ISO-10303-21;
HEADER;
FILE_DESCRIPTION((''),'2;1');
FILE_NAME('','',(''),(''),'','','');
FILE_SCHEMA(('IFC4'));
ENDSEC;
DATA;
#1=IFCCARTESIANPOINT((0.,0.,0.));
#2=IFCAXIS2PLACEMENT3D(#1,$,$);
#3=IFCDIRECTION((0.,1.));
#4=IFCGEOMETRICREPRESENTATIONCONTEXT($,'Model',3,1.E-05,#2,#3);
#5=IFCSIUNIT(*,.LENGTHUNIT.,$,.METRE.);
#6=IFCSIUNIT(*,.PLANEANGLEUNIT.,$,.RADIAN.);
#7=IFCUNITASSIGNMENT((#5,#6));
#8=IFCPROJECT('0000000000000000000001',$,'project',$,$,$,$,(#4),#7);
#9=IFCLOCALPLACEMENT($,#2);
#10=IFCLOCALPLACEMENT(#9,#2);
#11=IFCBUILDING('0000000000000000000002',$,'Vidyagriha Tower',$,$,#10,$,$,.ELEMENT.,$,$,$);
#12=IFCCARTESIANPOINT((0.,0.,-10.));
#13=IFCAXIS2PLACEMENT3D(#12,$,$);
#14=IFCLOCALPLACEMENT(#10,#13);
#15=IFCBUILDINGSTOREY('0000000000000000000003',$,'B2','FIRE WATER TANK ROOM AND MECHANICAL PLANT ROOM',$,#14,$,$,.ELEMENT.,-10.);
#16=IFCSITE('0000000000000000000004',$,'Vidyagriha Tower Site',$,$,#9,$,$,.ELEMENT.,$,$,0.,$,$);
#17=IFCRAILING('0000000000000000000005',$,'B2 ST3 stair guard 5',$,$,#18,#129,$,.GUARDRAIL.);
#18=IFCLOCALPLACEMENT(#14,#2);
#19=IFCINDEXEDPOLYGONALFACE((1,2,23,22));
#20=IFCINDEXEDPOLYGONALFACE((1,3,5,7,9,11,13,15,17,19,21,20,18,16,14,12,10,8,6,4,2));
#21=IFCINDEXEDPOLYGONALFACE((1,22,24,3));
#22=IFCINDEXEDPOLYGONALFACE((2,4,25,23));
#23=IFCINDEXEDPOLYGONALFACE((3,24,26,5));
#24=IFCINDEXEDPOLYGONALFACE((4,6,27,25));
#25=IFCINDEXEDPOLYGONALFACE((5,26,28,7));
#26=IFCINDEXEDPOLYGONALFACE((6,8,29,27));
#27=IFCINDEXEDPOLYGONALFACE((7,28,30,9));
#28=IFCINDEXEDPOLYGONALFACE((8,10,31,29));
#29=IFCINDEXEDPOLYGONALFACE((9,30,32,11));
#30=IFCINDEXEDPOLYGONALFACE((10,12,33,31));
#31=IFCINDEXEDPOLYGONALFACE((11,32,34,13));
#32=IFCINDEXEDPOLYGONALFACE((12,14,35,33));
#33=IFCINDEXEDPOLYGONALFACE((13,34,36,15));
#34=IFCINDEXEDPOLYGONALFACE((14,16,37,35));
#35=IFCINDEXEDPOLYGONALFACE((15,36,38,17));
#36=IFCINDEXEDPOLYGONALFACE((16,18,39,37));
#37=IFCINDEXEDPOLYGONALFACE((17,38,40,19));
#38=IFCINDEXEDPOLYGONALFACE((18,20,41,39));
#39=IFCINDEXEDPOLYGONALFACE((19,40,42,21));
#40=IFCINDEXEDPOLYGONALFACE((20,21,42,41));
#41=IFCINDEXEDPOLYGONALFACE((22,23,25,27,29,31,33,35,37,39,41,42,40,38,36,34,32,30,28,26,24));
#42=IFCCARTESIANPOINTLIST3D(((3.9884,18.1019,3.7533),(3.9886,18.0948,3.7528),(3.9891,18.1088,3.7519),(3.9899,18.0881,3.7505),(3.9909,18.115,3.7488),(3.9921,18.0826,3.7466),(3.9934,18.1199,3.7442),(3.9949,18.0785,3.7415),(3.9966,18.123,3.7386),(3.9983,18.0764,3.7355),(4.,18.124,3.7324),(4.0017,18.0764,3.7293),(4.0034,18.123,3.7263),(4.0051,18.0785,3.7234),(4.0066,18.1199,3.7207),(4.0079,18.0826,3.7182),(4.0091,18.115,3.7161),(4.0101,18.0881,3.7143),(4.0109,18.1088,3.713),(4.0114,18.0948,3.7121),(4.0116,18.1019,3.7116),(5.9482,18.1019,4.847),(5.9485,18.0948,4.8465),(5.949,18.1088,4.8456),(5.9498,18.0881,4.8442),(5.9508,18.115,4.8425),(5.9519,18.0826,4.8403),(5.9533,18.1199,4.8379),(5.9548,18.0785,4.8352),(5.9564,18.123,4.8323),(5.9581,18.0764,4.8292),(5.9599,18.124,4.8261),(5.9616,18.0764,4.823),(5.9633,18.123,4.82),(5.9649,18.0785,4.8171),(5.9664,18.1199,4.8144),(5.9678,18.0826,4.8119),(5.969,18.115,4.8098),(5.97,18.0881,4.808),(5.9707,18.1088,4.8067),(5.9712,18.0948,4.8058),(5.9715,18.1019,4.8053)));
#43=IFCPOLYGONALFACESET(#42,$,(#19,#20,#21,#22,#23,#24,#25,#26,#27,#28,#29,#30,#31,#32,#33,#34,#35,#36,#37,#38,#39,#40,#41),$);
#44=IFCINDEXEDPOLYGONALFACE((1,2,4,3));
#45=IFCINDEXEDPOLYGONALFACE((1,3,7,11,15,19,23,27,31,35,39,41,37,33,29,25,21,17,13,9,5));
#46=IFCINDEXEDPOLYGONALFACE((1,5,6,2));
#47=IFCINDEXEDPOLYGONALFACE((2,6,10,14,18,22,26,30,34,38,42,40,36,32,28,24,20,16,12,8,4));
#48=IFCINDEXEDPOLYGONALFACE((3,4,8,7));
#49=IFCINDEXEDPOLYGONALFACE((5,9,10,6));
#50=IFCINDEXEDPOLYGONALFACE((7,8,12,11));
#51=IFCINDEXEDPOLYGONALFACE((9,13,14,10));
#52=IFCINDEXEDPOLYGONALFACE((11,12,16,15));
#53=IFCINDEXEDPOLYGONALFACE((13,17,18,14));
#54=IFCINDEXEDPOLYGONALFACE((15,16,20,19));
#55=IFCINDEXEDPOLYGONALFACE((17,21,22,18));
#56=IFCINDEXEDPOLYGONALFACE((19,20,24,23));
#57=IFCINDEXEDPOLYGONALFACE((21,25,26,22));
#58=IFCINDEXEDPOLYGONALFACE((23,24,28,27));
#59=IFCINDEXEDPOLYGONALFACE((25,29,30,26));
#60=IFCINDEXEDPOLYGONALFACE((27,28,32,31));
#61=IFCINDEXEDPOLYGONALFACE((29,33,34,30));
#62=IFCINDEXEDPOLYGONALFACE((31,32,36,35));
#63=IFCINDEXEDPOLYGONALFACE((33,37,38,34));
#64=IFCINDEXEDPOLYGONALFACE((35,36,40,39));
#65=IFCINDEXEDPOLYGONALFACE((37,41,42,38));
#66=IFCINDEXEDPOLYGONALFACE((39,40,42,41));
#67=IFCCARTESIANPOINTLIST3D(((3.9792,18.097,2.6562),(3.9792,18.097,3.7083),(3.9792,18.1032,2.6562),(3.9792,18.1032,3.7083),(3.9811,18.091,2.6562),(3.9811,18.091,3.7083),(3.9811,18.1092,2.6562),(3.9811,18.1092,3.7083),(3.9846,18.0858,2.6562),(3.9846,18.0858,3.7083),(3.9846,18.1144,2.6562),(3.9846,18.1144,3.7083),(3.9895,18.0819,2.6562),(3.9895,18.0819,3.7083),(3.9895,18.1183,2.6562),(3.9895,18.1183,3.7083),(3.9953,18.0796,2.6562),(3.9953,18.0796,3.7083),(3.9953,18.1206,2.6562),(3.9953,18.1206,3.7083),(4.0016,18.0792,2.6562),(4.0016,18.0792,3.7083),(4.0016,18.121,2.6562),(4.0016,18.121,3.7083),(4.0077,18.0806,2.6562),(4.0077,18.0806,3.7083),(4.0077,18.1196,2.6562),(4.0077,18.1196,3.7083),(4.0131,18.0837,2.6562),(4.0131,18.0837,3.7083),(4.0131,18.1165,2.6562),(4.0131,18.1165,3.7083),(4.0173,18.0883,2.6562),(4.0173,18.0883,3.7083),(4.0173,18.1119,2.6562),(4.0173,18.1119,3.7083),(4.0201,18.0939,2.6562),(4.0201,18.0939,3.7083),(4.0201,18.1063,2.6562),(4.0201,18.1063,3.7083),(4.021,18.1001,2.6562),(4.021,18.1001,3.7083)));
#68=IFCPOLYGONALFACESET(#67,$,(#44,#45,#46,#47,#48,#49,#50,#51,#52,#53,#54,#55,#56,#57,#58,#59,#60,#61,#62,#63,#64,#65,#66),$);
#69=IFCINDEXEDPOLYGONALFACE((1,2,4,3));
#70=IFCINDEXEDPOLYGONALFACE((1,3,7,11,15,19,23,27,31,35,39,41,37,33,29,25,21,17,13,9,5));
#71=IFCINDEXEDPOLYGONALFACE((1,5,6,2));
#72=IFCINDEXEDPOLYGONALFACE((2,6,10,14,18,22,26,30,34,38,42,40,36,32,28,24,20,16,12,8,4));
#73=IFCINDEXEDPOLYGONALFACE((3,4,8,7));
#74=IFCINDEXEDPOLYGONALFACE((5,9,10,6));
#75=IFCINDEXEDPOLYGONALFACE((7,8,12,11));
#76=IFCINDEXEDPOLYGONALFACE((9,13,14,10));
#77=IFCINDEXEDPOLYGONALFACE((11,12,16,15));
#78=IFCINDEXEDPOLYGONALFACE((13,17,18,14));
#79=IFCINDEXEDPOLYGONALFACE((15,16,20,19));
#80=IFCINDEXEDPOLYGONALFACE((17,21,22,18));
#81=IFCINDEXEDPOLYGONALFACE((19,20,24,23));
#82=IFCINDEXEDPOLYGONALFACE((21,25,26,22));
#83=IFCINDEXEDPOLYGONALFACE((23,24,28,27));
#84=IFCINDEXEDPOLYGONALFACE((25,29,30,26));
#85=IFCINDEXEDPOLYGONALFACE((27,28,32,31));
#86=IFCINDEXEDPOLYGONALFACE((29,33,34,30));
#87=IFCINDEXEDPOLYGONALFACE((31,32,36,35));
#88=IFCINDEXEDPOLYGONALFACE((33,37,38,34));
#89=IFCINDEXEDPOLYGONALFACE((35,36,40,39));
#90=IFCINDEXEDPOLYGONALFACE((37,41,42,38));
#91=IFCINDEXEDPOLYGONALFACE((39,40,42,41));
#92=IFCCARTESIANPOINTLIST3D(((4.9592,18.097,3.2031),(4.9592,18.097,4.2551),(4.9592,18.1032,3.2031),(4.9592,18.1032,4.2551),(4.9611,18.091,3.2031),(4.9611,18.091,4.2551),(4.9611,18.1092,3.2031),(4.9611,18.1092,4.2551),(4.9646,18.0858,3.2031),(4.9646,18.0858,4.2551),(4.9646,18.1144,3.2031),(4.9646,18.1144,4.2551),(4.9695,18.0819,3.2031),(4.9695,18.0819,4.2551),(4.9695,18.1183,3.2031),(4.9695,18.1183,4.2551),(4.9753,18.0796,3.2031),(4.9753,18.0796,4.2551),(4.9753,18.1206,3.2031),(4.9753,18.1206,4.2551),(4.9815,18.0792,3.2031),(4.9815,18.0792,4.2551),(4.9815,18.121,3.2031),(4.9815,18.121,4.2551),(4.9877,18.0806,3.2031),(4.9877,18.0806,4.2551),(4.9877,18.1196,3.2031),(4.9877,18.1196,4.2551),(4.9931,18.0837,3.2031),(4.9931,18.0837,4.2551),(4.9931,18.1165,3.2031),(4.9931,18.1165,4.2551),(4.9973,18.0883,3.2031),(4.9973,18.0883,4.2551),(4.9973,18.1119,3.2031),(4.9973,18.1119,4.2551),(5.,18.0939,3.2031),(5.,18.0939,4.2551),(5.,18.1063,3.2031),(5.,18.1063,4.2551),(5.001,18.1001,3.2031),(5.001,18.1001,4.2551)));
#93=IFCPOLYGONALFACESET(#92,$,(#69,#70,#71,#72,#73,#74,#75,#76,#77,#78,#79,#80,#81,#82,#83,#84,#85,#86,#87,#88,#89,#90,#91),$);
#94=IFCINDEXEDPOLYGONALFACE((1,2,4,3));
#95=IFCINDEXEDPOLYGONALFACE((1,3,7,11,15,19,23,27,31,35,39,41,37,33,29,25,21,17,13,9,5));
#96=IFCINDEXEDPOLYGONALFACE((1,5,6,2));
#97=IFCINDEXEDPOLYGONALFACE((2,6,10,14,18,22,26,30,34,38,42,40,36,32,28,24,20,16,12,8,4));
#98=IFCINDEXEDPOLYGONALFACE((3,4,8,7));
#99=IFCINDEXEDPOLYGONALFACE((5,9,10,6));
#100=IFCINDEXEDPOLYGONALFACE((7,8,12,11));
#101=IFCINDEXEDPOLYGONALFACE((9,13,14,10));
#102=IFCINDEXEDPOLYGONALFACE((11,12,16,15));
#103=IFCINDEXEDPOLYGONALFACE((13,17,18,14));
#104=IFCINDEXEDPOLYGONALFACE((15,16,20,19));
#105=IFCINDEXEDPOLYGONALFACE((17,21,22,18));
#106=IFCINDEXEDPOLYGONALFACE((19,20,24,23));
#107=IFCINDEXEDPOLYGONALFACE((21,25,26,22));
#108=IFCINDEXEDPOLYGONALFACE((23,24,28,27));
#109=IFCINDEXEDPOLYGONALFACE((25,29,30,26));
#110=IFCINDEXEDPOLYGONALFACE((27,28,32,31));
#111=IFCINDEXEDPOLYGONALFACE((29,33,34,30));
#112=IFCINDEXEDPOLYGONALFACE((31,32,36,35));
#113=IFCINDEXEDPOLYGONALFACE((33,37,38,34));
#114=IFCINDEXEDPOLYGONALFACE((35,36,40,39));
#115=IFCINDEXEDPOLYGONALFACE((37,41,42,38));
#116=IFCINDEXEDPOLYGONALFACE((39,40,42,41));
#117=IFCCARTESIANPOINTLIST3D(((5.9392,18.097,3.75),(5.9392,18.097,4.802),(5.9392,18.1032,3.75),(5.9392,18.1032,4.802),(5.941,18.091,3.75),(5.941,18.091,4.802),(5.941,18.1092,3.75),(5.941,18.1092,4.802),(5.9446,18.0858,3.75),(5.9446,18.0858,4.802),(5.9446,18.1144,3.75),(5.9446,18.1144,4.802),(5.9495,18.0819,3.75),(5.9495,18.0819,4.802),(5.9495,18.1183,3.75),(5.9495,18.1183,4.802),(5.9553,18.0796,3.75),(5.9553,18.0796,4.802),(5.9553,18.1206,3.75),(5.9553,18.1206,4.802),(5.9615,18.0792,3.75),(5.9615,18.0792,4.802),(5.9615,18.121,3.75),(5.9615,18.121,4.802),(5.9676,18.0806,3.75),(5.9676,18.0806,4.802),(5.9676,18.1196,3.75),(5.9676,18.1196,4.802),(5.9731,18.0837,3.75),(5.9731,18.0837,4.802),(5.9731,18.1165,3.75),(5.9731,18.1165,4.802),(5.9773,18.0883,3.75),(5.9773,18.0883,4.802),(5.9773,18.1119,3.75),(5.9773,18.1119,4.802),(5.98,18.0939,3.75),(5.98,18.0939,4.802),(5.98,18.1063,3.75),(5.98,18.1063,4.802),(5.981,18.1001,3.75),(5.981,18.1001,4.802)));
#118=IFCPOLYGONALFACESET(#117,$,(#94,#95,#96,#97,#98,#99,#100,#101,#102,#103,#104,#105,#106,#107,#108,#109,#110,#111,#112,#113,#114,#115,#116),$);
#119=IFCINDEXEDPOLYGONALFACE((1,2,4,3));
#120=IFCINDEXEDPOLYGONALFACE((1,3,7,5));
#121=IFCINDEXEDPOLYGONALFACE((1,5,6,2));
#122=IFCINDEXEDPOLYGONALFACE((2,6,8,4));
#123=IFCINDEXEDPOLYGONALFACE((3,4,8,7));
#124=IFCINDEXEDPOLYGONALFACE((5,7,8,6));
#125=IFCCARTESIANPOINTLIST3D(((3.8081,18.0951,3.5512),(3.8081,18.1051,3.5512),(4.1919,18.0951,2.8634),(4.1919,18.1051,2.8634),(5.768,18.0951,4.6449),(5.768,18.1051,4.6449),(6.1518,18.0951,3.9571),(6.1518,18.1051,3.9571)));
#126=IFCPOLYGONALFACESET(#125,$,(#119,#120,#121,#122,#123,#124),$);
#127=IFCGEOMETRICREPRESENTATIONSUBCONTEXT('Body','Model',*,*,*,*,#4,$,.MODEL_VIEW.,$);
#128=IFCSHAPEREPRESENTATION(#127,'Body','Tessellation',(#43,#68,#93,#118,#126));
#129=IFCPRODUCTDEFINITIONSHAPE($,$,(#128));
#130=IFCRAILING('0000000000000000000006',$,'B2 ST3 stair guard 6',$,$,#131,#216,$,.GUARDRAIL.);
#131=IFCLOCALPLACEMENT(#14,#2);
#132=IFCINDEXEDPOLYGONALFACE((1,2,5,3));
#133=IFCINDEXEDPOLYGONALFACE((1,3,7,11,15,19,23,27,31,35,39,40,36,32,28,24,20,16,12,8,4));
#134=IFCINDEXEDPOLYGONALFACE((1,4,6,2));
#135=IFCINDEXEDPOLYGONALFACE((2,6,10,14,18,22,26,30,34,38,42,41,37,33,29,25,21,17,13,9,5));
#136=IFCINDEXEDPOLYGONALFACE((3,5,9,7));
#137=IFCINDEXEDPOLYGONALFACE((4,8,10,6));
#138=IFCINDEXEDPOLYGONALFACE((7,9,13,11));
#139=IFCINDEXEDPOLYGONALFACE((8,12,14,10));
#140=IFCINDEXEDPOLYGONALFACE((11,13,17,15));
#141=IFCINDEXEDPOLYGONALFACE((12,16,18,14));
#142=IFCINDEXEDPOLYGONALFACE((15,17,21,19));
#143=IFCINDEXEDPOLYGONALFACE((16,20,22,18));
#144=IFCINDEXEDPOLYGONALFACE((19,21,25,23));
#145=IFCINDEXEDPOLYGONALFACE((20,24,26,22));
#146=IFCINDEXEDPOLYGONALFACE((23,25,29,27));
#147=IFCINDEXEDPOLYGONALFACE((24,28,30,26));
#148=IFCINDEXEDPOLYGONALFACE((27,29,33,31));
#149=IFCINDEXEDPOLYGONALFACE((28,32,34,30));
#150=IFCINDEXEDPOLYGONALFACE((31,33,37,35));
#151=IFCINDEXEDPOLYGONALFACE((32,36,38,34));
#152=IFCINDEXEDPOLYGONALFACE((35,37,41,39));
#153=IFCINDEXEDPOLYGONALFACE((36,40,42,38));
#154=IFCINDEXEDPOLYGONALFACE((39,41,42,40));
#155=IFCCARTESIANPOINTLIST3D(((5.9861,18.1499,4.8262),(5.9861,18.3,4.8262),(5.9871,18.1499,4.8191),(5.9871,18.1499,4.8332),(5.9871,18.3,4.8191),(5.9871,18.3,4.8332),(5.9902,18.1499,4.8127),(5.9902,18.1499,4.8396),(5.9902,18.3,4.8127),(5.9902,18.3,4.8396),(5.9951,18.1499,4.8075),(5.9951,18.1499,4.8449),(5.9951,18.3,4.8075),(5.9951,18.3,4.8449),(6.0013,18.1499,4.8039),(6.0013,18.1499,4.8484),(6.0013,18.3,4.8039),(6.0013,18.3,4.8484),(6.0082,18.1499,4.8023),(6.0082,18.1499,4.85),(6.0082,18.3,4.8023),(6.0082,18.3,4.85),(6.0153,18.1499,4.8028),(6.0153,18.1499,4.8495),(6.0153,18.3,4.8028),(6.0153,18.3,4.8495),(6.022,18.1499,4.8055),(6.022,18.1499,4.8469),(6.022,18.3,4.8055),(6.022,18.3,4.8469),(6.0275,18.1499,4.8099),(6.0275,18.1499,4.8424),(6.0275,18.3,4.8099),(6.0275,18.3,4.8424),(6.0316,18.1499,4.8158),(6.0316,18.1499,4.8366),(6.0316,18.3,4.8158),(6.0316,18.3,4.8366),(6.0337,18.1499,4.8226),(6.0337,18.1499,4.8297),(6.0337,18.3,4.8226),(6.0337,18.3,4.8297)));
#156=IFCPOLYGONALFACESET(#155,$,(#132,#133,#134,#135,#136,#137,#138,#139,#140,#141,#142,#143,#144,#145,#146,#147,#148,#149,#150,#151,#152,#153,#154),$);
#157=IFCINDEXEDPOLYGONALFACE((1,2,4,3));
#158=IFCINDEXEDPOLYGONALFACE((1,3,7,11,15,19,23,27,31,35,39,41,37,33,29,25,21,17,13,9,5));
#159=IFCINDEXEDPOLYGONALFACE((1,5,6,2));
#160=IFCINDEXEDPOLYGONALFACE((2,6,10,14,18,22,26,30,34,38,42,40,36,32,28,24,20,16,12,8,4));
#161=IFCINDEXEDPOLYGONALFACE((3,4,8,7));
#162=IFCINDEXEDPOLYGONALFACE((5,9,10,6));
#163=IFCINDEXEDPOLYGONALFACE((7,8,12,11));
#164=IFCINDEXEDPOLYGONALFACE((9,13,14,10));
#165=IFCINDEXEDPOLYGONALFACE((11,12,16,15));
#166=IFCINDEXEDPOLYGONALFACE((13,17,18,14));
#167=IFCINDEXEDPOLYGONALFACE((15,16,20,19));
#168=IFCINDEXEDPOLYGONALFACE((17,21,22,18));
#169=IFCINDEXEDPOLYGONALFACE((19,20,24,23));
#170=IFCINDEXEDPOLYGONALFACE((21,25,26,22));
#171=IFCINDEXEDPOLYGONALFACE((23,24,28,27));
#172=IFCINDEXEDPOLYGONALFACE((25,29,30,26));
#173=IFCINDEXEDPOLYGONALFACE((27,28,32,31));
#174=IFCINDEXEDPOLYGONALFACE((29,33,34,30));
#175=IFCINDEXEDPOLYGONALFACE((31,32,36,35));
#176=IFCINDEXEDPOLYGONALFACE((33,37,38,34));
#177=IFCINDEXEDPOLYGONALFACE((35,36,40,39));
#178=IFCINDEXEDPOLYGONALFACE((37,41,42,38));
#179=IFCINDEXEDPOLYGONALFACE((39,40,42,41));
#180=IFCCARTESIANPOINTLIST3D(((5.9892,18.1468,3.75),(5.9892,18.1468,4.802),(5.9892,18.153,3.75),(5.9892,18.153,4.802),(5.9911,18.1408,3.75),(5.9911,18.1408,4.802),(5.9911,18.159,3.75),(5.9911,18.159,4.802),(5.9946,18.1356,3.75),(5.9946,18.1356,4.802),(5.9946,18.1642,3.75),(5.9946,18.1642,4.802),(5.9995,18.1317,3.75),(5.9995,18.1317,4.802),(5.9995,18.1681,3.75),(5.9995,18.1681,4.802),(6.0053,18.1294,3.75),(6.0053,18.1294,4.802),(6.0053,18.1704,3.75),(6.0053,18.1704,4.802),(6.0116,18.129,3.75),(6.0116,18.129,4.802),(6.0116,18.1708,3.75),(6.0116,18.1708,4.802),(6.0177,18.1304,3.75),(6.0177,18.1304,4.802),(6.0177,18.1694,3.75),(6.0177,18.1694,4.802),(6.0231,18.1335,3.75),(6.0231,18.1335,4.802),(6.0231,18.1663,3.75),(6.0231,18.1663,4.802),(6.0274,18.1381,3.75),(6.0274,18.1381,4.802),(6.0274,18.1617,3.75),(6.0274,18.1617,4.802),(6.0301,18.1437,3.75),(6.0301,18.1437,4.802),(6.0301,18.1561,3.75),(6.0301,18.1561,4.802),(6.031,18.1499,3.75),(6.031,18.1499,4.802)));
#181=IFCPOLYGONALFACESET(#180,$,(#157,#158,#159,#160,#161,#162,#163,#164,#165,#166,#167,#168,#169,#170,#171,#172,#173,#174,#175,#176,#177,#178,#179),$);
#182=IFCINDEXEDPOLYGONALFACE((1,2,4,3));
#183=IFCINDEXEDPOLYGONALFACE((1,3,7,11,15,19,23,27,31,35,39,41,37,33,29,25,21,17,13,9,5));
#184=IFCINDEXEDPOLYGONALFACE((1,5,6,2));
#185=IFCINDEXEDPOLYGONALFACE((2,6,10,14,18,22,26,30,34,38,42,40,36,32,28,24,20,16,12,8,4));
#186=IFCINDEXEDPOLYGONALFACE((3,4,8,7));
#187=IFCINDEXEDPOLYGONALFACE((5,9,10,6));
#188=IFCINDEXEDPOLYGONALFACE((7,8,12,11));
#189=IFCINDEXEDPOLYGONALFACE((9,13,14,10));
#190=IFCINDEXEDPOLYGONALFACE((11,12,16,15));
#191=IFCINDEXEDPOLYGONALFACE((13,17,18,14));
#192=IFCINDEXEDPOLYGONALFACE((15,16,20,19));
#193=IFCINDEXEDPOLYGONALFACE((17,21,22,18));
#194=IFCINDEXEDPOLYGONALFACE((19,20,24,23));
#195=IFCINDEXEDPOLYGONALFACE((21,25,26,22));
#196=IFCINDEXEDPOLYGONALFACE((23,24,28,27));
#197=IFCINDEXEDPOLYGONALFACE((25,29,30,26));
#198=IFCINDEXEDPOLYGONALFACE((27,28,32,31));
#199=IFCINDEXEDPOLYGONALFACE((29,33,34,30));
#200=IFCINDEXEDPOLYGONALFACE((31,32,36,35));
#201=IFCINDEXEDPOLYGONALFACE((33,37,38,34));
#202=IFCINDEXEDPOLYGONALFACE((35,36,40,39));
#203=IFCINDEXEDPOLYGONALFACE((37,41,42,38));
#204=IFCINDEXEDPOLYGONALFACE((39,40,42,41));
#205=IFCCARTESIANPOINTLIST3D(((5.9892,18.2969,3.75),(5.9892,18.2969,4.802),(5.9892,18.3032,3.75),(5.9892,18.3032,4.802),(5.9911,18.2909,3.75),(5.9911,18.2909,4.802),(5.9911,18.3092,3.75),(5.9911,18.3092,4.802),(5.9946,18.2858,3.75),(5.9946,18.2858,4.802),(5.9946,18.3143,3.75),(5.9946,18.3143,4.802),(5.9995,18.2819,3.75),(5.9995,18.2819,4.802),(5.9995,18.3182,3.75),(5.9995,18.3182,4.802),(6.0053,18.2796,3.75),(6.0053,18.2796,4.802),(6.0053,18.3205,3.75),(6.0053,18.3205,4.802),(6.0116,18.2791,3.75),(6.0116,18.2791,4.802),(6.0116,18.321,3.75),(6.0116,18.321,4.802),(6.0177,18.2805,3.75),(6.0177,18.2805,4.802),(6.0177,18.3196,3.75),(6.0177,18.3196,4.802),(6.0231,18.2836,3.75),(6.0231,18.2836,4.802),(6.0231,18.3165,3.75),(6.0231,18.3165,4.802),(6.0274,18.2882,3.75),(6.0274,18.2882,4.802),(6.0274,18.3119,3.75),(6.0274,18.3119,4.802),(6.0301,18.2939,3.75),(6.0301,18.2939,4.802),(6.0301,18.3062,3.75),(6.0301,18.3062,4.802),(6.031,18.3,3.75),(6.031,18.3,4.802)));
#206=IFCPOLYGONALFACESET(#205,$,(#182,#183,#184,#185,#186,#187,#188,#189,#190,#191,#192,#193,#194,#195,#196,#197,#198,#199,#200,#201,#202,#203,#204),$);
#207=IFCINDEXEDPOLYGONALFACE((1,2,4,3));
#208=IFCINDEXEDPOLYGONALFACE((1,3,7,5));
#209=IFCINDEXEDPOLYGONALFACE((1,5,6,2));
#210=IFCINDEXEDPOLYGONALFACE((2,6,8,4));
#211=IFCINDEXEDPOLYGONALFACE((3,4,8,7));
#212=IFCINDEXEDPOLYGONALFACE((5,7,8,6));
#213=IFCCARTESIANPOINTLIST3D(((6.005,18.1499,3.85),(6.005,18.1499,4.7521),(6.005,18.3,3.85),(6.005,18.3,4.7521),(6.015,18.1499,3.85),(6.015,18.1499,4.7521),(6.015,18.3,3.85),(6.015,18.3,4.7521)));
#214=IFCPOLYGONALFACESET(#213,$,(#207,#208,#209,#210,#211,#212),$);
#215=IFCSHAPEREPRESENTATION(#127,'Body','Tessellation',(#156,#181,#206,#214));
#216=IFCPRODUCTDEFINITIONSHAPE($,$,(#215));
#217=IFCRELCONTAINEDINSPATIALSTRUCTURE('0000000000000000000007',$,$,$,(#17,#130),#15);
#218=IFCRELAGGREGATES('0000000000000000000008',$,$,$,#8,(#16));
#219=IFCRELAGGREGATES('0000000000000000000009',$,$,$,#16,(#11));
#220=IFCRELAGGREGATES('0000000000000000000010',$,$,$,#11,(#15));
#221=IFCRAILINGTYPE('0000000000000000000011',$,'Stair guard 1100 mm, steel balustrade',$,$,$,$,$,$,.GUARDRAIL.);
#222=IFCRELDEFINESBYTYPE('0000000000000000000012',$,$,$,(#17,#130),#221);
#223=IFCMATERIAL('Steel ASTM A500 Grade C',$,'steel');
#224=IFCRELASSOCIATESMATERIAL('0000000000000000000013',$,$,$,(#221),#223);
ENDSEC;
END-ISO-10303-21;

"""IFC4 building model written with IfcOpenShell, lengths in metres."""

from ifc_helpers import new_model, si_unit, direction, frame, origin, origin_2d, place, context, subcontext, project, spatial, rectangle, circle, extrude, material, type_object, element, save


model = new_model("IFC4")

# Units and contexts
model_context = context("Model", 3, precision=1e-05, world=origin(), true_north=direction((0.0, 1.0)))
body_context = subcontext(model_context, "Body", "Model", "MODEL_VIEW")
ifc_project = project(units=[si_unit("LENGTHUNIT", "METRE"), si_unit("PLANEANGLEUNIT", "RADIAN")], contexts=[model_context])

# Site, building, storey
site_placement = place(None, origin())
site = spatial("IfcSite", under=ifc_project, at=site_placement, Name="Vidyagriha Tower Site", CompositionType="ELEMENT", RefElevation=0.0)
building_placement = place(site_placement, origin())
building = spatial("IfcBuilding", under=site, at=building_placement, Name="Vidyagriha Tower", CompositionType="ELEMENT")
storey_placement = place(building_placement, frame((0.0, 0.0, -10.0)))
storey = spatial("IfcBuildingStorey", under=building, at=storey_placement, Name="B2", Description="FIRE WATER TANK ROOM AND MECHANICAL PLANT ROOM", CompositionType="ELEMENT", Elevation=-10.0)

# Railings
ifc_material_1 = material(Name="Steel ASTM A500 Grade C", Category="steel")
railing_type_1 = type_object("IfcRailingType", Name="Stair guard 1100 mm, steel balustrade", PredefinedType="GUARDRAIL", material=ifc_material_1)
railing_1_placement = place(storey_placement, frame((4.0, 18.1001, 2.6562)))
element("IfcRailing", 1, at=railing_1_placement, inside=storey, type_object=railing_type_1, Name="B2 ST3 stair guard 5", PredefinedType="GUARDRAIL", context=body_context, shape_type="SweptSolid", body=[
    extrude(circle(Radius=0.0239, at=origin_2d()), frame((0.0, 0.0, 1.0762), z_axis=(0.873232, 0.0, 0.487304), x_axis=(0.0, 1.0, 0.0)), (0.0, 0.0, 1.0), 2.2444),
    extrude(circle(Radius=0.021, at=origin_2d()), origin(), (0.0, 0.0, 1.0), 1.052),
    extrude(circle(Radius=0.021, at=origin_2d()), frame((0.98, 0.0, 0.5469)), (0.0, 0.0, 1.0), 1.052),
    extrude(circle(Radius=0.021, at=origin_2d()), frame((1.96, 0.0, 1.0938)), (0.0, 0.0, 1.0), 1.052),
    extrude(rectangle(XDim=0.01, YDim=0.7876, at=origin_2d()), frame((0.0, 0.0, 0.551), z_axis=(0.873232, 0.0, 0.487304), x_axis=(0.0, 1.0, 0.0)), (0.0, 0.0, 1.0), 2.2444),
])
railing_2_placement = place(storey_placement, frame((6.01, 18.1499, 3.75)))
element("IfcRailing", 2, at=railing_2_placement, inside=storey, type_object=railing_type_1, Name="B2 ST3 stair guard 6", PredefinedType="GUARDRAIL", context=body_context, shape_type="SweptSolid", body=[
    extrude(circle(Radius=0.0239, at=origin_2d()), frame((0.0, 0.0, 1.0762), z_axis=(0.0, 1.0, 0.0), x_axis=(-1.0, 0.0, 0.0)), (0.0, 0.0, 1.0), 0.1501),
    extrude(circle(Radius=0.021, at=origin_2d()), origin(), (0.0, 0.0, 1.0), 1.052),
    extrude(circle(Radius=0.021, at=origin_2d()), frame((0.0, 0.1501, 0.0)), (0.0, 0.0, 1.0), 1.052),
    extrude(rectangle(XDim=0.01, YDim=0.9021, at=origin_2d()), frame((0.0, 0.0, 0.551), z_axis=(0.0, 1.0, 0.0), x_axis=(-1.0, 0.0, 0.0)), (0.0, 0.0, 1.0), 0.1501),
])

save(model, "model.ifc")
